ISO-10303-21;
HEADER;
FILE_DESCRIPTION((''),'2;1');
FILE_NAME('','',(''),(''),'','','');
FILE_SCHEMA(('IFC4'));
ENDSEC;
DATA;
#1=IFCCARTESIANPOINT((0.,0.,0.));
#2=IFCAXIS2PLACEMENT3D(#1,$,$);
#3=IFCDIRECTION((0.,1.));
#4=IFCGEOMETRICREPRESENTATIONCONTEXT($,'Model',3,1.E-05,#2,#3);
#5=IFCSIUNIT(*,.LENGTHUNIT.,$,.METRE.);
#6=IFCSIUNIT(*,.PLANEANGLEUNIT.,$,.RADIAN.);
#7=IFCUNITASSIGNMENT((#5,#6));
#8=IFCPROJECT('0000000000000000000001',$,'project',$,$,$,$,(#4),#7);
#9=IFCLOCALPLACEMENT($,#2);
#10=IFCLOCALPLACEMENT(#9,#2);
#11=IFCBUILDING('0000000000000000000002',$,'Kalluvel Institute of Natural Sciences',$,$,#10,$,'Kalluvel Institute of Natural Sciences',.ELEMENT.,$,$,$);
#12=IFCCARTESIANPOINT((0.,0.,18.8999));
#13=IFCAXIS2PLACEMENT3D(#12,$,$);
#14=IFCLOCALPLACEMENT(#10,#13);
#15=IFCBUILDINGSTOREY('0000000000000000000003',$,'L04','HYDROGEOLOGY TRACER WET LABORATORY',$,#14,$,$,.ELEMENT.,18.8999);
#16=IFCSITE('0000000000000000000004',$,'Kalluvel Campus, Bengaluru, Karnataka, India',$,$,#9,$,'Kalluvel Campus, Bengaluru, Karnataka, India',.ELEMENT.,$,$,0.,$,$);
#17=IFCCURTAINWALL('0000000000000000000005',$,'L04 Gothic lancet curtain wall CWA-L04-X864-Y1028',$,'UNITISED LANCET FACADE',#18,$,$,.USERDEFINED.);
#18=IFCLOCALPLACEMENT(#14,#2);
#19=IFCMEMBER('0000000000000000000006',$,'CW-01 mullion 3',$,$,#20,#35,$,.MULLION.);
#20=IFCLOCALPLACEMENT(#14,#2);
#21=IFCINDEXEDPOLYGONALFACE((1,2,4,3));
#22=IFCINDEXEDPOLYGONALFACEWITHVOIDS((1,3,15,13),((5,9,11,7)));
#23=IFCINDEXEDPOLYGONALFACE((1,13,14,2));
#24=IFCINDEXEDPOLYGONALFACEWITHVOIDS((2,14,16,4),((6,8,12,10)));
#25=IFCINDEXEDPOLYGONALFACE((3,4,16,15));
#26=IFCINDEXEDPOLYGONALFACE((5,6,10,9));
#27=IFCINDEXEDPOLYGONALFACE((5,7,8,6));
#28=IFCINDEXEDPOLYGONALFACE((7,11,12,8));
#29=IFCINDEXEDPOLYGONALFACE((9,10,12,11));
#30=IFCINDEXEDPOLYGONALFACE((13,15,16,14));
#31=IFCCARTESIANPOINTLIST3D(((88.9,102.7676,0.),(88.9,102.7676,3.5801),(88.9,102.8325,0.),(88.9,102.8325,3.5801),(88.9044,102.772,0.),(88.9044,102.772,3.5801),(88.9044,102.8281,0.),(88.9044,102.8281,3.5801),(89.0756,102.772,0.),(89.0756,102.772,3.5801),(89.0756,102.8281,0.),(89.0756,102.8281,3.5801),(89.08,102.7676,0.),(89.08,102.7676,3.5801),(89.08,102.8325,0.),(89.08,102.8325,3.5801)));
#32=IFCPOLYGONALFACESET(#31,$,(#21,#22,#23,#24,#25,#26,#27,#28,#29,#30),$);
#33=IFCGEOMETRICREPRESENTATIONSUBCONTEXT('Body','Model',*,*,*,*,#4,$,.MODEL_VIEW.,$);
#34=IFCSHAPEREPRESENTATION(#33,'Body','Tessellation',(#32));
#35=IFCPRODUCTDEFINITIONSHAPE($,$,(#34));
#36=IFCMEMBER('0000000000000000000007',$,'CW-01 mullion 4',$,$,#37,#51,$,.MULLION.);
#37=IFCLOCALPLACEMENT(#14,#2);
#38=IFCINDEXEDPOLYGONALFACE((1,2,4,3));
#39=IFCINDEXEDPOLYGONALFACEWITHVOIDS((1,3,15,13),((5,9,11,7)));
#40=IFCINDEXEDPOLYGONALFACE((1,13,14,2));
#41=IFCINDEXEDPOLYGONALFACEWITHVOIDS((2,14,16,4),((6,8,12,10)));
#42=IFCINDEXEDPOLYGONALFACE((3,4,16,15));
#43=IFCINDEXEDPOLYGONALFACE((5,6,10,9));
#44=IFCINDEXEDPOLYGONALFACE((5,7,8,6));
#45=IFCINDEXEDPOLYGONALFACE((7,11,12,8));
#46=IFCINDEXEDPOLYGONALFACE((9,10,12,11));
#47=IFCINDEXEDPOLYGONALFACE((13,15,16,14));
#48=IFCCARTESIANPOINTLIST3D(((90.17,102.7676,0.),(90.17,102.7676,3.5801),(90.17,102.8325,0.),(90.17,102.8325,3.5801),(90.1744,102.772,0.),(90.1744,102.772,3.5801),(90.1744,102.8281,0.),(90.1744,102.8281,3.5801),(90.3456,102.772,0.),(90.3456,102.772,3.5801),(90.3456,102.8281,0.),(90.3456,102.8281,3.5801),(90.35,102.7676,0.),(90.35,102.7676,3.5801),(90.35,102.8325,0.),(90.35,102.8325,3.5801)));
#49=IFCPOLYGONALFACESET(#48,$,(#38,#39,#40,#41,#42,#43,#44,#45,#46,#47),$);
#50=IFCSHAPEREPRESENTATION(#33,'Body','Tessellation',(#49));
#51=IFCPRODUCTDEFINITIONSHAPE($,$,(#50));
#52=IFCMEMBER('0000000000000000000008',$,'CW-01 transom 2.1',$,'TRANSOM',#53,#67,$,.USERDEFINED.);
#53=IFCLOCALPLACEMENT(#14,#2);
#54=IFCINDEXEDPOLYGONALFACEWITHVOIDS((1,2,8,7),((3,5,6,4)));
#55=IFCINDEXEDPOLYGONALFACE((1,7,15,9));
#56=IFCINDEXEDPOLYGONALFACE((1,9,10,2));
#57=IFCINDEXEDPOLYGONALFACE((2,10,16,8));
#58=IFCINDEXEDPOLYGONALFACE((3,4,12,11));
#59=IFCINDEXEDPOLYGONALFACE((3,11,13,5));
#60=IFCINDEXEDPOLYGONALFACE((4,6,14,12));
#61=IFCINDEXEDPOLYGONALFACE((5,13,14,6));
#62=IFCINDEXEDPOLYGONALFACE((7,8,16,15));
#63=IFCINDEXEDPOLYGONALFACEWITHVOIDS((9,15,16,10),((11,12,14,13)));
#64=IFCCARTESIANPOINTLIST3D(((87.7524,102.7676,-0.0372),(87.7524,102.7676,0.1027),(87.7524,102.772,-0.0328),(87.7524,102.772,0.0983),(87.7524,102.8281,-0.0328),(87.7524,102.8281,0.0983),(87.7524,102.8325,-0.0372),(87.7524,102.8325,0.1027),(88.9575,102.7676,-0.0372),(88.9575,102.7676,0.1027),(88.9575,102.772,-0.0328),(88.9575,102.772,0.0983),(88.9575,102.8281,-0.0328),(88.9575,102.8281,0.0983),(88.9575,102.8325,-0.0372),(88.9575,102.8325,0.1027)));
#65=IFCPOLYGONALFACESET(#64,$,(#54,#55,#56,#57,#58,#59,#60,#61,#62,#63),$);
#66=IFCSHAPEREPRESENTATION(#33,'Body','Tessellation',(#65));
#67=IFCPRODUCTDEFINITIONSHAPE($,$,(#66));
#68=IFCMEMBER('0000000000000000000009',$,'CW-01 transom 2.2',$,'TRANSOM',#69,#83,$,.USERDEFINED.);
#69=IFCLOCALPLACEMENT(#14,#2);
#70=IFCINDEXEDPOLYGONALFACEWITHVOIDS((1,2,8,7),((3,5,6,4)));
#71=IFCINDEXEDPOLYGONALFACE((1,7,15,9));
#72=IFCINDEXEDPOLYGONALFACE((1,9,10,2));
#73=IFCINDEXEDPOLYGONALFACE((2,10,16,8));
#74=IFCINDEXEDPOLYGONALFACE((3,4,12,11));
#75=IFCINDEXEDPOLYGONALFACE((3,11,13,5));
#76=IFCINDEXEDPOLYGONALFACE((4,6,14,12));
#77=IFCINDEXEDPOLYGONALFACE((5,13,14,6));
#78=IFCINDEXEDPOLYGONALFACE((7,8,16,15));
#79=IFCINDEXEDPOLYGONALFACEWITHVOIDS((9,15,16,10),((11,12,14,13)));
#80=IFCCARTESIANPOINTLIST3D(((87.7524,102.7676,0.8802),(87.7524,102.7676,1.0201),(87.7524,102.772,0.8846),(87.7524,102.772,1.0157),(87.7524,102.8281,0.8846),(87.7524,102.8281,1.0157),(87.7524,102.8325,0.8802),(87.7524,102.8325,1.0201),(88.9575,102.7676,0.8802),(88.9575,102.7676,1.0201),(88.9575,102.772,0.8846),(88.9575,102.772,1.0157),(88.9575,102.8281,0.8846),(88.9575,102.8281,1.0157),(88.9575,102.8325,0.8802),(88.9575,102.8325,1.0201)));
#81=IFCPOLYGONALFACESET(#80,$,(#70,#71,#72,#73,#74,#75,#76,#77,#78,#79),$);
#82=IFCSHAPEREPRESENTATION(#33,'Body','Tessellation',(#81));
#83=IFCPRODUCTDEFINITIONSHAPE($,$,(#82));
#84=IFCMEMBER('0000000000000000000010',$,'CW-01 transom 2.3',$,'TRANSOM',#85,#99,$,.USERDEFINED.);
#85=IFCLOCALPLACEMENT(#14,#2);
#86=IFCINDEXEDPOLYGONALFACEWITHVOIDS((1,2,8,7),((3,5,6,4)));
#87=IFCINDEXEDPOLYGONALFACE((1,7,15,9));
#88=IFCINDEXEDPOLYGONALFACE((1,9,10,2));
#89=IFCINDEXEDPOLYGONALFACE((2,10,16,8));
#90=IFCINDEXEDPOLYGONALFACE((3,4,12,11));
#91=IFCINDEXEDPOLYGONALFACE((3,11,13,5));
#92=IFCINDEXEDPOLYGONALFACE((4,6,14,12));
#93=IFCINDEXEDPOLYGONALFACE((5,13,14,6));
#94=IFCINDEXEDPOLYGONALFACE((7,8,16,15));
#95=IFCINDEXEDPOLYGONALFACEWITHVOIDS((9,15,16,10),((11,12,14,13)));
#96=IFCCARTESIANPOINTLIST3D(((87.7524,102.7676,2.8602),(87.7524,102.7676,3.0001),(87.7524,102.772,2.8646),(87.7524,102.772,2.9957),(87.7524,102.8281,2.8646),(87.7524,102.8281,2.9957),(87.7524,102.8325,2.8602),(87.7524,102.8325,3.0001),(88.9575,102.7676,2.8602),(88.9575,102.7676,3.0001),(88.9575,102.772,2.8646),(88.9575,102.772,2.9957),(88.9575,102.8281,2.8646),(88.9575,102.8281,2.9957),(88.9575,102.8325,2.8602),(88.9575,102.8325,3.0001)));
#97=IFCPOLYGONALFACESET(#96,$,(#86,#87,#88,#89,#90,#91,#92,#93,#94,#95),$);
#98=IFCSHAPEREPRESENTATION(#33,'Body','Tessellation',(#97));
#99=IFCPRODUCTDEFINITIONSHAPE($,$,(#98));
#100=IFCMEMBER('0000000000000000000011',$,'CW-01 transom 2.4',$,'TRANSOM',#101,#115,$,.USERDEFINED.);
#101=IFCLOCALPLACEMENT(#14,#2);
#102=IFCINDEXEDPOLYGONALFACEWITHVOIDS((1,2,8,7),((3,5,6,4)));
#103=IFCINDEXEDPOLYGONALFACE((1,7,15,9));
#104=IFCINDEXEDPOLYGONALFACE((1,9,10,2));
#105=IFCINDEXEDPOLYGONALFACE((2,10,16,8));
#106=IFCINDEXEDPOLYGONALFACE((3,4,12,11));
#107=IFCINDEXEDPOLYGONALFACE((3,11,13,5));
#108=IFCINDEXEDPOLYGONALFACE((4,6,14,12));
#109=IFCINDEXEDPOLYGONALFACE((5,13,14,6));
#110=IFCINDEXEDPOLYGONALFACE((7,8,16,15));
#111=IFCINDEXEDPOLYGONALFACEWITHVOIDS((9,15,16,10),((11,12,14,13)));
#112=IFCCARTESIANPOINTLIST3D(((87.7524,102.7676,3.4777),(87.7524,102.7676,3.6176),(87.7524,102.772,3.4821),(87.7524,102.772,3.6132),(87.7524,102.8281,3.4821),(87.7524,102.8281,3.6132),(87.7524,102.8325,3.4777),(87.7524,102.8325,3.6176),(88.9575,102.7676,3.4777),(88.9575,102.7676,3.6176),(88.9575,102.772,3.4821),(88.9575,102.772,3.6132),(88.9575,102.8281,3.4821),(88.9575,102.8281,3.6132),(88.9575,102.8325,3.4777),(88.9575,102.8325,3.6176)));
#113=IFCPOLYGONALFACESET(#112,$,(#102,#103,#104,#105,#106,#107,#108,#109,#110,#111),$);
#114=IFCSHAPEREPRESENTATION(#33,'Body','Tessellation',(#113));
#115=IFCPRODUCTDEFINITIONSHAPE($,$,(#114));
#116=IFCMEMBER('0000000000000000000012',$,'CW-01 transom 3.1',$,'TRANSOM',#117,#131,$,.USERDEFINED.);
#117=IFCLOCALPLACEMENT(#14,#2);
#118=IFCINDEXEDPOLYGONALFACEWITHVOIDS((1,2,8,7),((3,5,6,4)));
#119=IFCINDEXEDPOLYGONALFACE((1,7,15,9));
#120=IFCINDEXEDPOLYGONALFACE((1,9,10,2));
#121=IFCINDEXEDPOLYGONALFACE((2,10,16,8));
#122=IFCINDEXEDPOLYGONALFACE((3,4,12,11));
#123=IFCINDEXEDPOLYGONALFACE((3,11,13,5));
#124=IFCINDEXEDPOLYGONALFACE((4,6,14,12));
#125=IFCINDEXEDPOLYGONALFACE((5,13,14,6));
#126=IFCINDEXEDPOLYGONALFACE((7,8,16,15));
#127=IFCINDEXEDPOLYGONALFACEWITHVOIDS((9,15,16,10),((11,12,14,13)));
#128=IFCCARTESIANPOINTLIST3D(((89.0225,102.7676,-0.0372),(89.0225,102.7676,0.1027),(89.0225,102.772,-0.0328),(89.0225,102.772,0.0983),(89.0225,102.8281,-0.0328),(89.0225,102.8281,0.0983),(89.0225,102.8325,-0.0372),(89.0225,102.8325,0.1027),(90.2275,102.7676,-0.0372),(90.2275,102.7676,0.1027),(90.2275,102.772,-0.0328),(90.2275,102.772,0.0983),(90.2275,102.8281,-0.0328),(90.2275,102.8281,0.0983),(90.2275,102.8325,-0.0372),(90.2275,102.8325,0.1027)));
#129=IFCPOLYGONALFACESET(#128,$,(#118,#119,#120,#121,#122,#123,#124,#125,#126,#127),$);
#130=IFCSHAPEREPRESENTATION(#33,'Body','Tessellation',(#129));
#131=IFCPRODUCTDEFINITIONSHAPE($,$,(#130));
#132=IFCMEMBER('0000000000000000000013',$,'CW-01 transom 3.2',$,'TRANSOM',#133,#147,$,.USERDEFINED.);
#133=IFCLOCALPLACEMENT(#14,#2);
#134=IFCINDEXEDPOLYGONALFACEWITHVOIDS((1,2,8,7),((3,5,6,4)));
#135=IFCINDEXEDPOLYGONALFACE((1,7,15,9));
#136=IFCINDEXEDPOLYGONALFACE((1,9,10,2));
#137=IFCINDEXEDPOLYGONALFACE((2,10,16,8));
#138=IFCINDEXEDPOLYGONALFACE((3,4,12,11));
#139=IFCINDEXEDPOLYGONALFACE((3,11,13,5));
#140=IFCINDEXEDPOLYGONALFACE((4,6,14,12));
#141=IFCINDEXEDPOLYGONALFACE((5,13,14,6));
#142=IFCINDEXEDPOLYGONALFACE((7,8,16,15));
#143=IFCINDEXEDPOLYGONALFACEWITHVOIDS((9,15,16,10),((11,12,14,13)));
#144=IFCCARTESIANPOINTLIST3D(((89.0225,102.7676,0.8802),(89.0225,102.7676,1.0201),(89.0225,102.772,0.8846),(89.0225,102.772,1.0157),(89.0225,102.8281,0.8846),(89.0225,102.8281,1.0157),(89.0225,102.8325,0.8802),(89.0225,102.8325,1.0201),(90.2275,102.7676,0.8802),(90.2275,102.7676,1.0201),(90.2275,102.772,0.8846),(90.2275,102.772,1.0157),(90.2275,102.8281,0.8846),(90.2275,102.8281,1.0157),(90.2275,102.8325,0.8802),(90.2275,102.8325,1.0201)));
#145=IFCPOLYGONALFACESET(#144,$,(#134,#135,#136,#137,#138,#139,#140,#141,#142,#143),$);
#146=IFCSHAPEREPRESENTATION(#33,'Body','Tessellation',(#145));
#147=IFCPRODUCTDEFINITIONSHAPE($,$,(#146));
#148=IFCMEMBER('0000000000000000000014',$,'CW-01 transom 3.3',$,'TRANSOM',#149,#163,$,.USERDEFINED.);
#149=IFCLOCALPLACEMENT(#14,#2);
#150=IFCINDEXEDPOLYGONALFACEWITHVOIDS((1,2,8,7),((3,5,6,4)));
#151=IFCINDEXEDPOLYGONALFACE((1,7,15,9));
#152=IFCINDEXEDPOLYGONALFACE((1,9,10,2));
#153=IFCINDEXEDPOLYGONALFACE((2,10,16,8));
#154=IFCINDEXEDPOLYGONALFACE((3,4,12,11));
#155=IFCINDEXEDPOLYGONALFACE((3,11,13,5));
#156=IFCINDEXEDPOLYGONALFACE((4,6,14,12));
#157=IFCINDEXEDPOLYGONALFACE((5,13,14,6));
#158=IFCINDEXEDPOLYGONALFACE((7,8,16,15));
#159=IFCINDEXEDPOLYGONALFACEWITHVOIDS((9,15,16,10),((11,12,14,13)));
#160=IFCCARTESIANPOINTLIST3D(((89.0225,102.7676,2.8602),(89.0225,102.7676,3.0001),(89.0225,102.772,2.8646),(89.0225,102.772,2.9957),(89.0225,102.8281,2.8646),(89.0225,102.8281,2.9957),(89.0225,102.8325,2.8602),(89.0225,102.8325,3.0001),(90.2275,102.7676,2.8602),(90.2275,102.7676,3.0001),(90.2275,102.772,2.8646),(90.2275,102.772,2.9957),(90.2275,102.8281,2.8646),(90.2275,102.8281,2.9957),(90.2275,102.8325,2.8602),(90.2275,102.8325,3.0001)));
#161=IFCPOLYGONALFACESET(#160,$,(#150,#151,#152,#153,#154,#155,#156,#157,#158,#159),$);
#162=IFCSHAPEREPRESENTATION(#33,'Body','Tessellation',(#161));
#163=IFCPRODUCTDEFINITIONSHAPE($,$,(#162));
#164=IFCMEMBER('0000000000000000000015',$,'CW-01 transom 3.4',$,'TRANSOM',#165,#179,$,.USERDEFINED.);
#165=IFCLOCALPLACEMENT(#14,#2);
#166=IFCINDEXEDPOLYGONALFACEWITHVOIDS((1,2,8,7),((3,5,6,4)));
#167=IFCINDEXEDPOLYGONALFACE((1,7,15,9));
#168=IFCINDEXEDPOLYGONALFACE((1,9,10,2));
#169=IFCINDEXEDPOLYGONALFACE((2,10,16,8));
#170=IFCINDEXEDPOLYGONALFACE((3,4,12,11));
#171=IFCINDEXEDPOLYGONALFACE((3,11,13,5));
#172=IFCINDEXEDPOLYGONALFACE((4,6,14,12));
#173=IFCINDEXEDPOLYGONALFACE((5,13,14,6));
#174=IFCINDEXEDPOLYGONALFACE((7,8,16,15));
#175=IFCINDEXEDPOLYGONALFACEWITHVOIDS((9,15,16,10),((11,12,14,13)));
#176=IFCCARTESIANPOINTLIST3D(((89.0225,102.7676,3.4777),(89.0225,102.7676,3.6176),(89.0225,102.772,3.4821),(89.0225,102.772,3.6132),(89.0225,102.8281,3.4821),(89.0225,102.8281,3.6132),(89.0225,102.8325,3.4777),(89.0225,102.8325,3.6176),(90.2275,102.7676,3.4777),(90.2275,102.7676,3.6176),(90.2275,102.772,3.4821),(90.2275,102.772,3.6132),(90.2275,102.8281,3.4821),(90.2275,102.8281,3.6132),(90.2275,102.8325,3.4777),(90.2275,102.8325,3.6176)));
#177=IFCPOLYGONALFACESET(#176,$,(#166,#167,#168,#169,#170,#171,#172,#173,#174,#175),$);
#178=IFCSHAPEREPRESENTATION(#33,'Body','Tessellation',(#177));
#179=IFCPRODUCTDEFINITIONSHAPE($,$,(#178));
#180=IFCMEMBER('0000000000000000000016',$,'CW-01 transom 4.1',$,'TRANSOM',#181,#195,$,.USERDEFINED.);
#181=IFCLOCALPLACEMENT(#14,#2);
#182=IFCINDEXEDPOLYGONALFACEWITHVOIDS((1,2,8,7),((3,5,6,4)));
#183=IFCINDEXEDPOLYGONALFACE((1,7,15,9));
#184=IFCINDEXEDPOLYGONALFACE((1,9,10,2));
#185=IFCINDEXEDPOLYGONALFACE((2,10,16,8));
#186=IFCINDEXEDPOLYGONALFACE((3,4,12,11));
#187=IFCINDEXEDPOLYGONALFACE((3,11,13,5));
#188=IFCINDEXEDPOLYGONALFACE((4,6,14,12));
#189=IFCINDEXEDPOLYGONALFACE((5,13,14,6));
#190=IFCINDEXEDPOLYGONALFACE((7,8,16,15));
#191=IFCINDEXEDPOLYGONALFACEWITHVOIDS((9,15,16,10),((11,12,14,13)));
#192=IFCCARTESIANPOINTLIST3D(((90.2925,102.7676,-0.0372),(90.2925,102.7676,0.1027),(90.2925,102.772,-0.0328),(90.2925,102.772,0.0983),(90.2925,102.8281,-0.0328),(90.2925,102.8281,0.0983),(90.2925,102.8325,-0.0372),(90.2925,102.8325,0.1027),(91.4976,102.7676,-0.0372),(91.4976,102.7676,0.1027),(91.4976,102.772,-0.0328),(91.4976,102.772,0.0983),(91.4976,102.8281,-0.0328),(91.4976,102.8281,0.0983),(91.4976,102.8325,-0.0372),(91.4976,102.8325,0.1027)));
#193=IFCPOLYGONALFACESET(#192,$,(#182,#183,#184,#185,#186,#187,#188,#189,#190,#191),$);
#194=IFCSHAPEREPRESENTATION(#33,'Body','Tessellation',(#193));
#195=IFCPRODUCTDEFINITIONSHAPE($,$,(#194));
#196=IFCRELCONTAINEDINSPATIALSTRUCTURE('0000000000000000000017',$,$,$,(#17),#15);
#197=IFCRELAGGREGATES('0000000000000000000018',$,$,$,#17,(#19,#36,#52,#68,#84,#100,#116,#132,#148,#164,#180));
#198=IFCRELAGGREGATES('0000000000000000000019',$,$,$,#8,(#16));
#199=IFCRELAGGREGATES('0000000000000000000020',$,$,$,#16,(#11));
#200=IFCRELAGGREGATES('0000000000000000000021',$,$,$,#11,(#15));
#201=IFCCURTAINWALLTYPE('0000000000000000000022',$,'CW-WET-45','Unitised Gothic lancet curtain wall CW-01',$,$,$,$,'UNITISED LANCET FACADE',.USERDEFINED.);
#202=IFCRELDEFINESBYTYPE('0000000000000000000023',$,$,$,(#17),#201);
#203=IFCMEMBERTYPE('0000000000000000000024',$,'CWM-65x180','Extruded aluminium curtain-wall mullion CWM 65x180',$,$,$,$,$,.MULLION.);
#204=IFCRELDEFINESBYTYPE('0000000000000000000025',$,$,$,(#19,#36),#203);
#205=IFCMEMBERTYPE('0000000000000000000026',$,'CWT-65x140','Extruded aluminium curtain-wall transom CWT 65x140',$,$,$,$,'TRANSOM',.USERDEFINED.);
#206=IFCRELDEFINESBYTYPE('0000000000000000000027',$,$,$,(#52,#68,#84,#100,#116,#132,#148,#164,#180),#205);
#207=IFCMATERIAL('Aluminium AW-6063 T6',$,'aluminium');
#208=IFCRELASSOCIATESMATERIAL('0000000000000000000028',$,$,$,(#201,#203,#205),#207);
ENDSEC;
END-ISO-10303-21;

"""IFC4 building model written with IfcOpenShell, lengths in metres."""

from ifc_helpers import new_model, si_unit, direction, frame, origin, origin_2d, place, context, subcontext, project, spatial, hollow_rectangle, extrude, material, material_profile, profile_set, type_object, element, aggregate, save


model = new_model("IFC4")

# Units and contexts
model_context = context("Model", 3, precision=1e-05, world=origin(), true_north=direction((0.0, 1.0)))
body_context = subcontext(model_context, "Body", "Model", "MODEL_VIEW")
ifc_project = project(units=[si_unit("LENGTHUNIT", "METRE"), si_unit("PLANEANGLEUNIT", "RADIAN")], contexts=[model_context])

# Site, building, storey
site_placement = place(None, origin())
site = spatial("IfcSite", under=ifc_project, at=site_placement, Name="Kalluvel Campus, Bengaluru, Karnataka, India", LongName="Kalluvel Campus, Bengaluru, Karnataka, India", CompositionType="ELEMENT", RefElevation=0.0)
building_placement = place(site_placement, origin())
building = spatial("IfcBuilding", under=site, at=building_placement, Name="Kalluvel Institute of Natural Sciences", LongName="Kalluvel Institute of Natural Sciences", CompositionType="ELEMENT")
storey_placement = place(building_placement, frame((0.0, 0.0, 18.8999)))
storey = spatial("IfcBuildingStorey", under=building, at=storey_placement, Name="L04", Description="HYDROGEOLOGY TRACER WET LABORATORY", CompositionType="ELEMENT", Elevation=18.8999)

# Curtain wall, members
ifc_material_1 = material(Name="Aluminium AW-6063 T6", Category="aluminium")
curtain_wall_type = type_object("IfcCurtainWallType", Name="CW-WET-45", Description="Unitised Gothic lancet curtain wall CW-01", ElementType="UNITISED LANCET FACADE", PredefinedType="USERDEFINED", material=ifc_material_1)
curtain_wall_placement = place(storey_placement, origin())
curtain_wall = element("IfcCurtainWall", 1, at=curtain_wall_placement, inside=storey, type_object=curtain_wall_type, Name="L04 Gothic lancet curtain wall CWA-L04-X864-Y1028", ObjectType="UNITISED LANCET FACADE", PredefinedType="USERDEFINED")
ifc_material_profile_1 = material_profile(ifc_material_1, hollow_rectangle(XDim=0.0649, YDim=0.1799, WallThickness=0.0044, at=origin_2d()), Name="CWM 65x180")
ifc_profile_set_1 = profile_set([ifc_material_profile_1], Name="Aluminium AW-6063 T6")
member_type_1 = type_object("IfcMemberType", Name="CWM-65x180", Description="Extruded aluminium curtain-wall mullion CWM 65x180", PredefinedType="MULLION", material=ifc_profile_set_1)
member_1_placement = place(storey_placement, frame((88.99, 102.8, 0.0), z_axis=(0.0, 0.0, 1.0), x_axis=(0.0, 1.0, 0.0)))
member_1 = element("IfcMember", 2, at=member_1_placement, type_object=member_type_1, Name="CW-01 mullion 3", PredefinedType="MULLION", context=body_context, shape_type="SweptSolid", body=[
    extrude(hollow_rectangle(XDim=0.0649, YDim=0.1799, WallThickness=0.0044, at=origin_2d()), origin(), (0.0, 0.0, 1.0), 3.5801),
])
member_2_placement = place(storey_placement, frame((90.26, 102.8, 0.0), z_axis=(0.0, 0.0, 1.0), x_axis=(0.0, 1.0, 0.0)))
member_2 = element("IfcMember", 3, at=member_2_placement, type_object=member_type_1, Name="CW-01 mullion 4", PredefinedType="MULLION", context=body_context, shape_type="SweptSolid", body=[
    extrude(hollow_rectangle(XDim=0.0649, YDim=0.1799, WallThickness=0.0044, at=origin_2d()), origin(), (0.0, 0.0, 1.0), 3.5801),
])
ifc_material_profile_2 = material_profile(ifc_material_1, hollow_rectangle(XDim=0.0649, YDim=0.1399, WallThickness=0.0044, at=origin_2d()), Name="CWT 65x140")
ifc_profile_set_2 = profile_set([ifc_material_profile_2], Name="Aluminium AW-6063 T6")
member_type_2 = type_object("IfcMemberType", Name="CWT-65x140", Description="Extruded aluminium curtain-wall transom CWT 65x140", ElementType="TRANSOM", PredefinedType="USERDEFINED", material=ifc_profile_set_2)
member_3_placement = place(storey_placement, frame((87.7524, 102.8, 0.0327), z_axis=(1.0, 0.0, 0.0), x_axis=(0.0, 1.0, 0.0)))
member_3 = element("IfcMember", 4, at=member_3_placement, type_object=member_type_2, Name="CW-01 transom 2.1", ObjectType="TRANSOM", PredefinedType="USERDEFINED", context=body_context, shape_type="SweptSolid", body=[
    extrude(hollow_rectangle(XDim=0.0649, YDim=0.1399, WallThickness=0.0044, at=origin_2d()), origin(), (0.0, 0.0, 1.0), 1.2051),
])
member_4_placement = place(storey_placement, frame((87.7524, 102.8, 0.9502), z_axis=(1.0, 0.0, 0.0), x_axis=(0.0, 1.0, 0.0)))
member_4 = element("IfcMember", 5, at=member_4_placement, type_object=member_type_2, Name="CW-01 transom 2.2", ObjectType="TRANSOM", PredefinedType="USERDEFINED", context=body_context, shape_type="SweptSolid", body=[
    extrude(hollow_rectangle(XDim=0.0649, YDim=0.1399, WallThickness=0.0044, at=origin_2d()), origin(), (0.0, 0.0, 1.0), 1.2051),
])
member_5_placement = place(storey_placement, frame((87.7524, 102.8, 2.9302), z_axis=(1.0, 0.0, 0.0), x_axis=(0.0, 1.0, 0.0)))
member_5 = element("IfcMember", 6, at=member_5_placement, type_object=member_type_2, Name="CW-01 transom 2.3", ObjectType="TRANSOM", PredefinedType="USERDEFINED", context=body_context, shape_type="SweptSolid", body=[
    extrude(hollow_rectangle(XDim=0.0649, YDim=0.1399, WallThickness=0.0044, at=origin_2d()), origin(), (0.0, 0.0, 1.0), 1.2051),
])
member_6_placement = place(storey_placement, frame((87.7524, 102.8, 3.5476), z_axis=(1.0, 0.0, 0.0), x_axis=(0.0, 1.0, 0.0)))
member_6 = element("IfcMember", 7, at=member_6_placement, type_object=member_type_2, Name="CW-01 transom 2.4", ObjectType="TRANSOM", PredefinedType="USERDEFINED", context=body_context, shape_type="SweptSolid", body=[
    extrude(hollow_rectangle(XDim=0.0649, YDim=0.1399, WallThickness=0.0044, at=origin_2d()), origin(), (0.0, 0.0, 1.0), 1.2051),
])
member_7_placement = place(storey_placement, frame((89.0225, 102.8, 0.0327), z_axis=(1.0, 0.0, 0.0), x_axis=(0.0, 1.0, 0.0)))
member_7 = element("IfcMember", 8, at=member_7_placement, type_object=member_type_2, Name="CW-01 transom 3.1", ObjectType="TRANSOM", PredefinedType="USERDEFINED", context=body_context, shape_type="SweptSolid", body=[
    extrude(hollow_rectangle(XDim=0.0649, YDim=0.1399, WallThickness=0.0044, at=origin_2d()), origin(), (0.0, 0.0, 1.0), 1.2051),
])
member_8_placement = place(storey_placement, frame((89.0225, 102.8, 0.9502), z_axis=(1.0, 0.0, 0.0), x_axis=(0.0, 1.0, 0.0)))
member_8 = element("IfcMember", 9, at=member_8_placement, type_object=member_type_2, Name="CW-01 transom 3.2", ObjectType="TRANSOM", PredefinedType="USERDEFINED", context=body_context, shape_type="SweptSolid", body=[
    extrude(hollow_rectangle(XDim=0.0649, YDim=0.1399, WallThickness=0.0044, at=origin_2d()), origin(), (0.0, 0.0, 1.0), 1.2051),
])
member_9_placement = place(storey_placement, frame((89.0225, 102.8, 2.9302), z_axis=(1.0, 0.0, 0.0), x_axis=(0.0, 1.0, 0.0)))
member_9 = element("IfcMember", 10, at=member_9_placement, type_object=member_type_2, Name="CW-01 transom 3.3", ObjectType="TRANSOM", PredefinedType="USERDEFINED", context=body_context, shape_type="SweptSolid", body=[
    extrude(hollow_rectangle(XDim=0.0649, YDim=0.1399, WallThickness=0.0044, at=origin_2d()), origin(), (0.0, 0.0, 1.0), 1.2051),
])
member_10_placement = place(storey_placement, frame((89.0225, 102.8, 3.5476), z_axis=(1.0, 0.0, 0.0), x_axis=(0.0, 1.0, 0.0)))
member_10 = element("IfcMember", 11, at=member_10_placement, type_object=member_type_2, Name="CW-01 transom 3.4", ObjectType="TRANSOM", PredefinedType="USERDEFINED", context=body_context, shape_type="SweptSolid", body=[
    extrude(hollow_rectangle(XDim=0.0649, YDim=0.1399, WallThickness=0.0044, at=origin_2d()), origin(), (0.0, 0.0, 1.0), 1.2051),
])
member_11_placement = place(storey_placement, frame((90.2925, 102.8, 0.0327), z_axis=(1.0, 0.0, 0.0), x_axis=(0.0, 1.0, 0.0)))
member_11 = element("IfcMember", 12, at=member_11_placement, type_object=member_type_2, Name="CW-01 transom 4.1", ObjectType="TRANSOM", PredefinedType="USERDEFINED", context=body_context, shape_type="SweptSolid", body=[
    extrude(hollow_rectangle(XDim=0.0649, YDim=0.1399, WallThickness=0.0044, at=origin_2d()), origin(), (0.0, 0.0, 1.0), 1.2051),
])
aggregate(curtain_wall, [member_1, member_2, member_3, member_4, member_5, member_6, member_7, member_8, member_9, member_10, member_11])

save(model, "model.ifc")
